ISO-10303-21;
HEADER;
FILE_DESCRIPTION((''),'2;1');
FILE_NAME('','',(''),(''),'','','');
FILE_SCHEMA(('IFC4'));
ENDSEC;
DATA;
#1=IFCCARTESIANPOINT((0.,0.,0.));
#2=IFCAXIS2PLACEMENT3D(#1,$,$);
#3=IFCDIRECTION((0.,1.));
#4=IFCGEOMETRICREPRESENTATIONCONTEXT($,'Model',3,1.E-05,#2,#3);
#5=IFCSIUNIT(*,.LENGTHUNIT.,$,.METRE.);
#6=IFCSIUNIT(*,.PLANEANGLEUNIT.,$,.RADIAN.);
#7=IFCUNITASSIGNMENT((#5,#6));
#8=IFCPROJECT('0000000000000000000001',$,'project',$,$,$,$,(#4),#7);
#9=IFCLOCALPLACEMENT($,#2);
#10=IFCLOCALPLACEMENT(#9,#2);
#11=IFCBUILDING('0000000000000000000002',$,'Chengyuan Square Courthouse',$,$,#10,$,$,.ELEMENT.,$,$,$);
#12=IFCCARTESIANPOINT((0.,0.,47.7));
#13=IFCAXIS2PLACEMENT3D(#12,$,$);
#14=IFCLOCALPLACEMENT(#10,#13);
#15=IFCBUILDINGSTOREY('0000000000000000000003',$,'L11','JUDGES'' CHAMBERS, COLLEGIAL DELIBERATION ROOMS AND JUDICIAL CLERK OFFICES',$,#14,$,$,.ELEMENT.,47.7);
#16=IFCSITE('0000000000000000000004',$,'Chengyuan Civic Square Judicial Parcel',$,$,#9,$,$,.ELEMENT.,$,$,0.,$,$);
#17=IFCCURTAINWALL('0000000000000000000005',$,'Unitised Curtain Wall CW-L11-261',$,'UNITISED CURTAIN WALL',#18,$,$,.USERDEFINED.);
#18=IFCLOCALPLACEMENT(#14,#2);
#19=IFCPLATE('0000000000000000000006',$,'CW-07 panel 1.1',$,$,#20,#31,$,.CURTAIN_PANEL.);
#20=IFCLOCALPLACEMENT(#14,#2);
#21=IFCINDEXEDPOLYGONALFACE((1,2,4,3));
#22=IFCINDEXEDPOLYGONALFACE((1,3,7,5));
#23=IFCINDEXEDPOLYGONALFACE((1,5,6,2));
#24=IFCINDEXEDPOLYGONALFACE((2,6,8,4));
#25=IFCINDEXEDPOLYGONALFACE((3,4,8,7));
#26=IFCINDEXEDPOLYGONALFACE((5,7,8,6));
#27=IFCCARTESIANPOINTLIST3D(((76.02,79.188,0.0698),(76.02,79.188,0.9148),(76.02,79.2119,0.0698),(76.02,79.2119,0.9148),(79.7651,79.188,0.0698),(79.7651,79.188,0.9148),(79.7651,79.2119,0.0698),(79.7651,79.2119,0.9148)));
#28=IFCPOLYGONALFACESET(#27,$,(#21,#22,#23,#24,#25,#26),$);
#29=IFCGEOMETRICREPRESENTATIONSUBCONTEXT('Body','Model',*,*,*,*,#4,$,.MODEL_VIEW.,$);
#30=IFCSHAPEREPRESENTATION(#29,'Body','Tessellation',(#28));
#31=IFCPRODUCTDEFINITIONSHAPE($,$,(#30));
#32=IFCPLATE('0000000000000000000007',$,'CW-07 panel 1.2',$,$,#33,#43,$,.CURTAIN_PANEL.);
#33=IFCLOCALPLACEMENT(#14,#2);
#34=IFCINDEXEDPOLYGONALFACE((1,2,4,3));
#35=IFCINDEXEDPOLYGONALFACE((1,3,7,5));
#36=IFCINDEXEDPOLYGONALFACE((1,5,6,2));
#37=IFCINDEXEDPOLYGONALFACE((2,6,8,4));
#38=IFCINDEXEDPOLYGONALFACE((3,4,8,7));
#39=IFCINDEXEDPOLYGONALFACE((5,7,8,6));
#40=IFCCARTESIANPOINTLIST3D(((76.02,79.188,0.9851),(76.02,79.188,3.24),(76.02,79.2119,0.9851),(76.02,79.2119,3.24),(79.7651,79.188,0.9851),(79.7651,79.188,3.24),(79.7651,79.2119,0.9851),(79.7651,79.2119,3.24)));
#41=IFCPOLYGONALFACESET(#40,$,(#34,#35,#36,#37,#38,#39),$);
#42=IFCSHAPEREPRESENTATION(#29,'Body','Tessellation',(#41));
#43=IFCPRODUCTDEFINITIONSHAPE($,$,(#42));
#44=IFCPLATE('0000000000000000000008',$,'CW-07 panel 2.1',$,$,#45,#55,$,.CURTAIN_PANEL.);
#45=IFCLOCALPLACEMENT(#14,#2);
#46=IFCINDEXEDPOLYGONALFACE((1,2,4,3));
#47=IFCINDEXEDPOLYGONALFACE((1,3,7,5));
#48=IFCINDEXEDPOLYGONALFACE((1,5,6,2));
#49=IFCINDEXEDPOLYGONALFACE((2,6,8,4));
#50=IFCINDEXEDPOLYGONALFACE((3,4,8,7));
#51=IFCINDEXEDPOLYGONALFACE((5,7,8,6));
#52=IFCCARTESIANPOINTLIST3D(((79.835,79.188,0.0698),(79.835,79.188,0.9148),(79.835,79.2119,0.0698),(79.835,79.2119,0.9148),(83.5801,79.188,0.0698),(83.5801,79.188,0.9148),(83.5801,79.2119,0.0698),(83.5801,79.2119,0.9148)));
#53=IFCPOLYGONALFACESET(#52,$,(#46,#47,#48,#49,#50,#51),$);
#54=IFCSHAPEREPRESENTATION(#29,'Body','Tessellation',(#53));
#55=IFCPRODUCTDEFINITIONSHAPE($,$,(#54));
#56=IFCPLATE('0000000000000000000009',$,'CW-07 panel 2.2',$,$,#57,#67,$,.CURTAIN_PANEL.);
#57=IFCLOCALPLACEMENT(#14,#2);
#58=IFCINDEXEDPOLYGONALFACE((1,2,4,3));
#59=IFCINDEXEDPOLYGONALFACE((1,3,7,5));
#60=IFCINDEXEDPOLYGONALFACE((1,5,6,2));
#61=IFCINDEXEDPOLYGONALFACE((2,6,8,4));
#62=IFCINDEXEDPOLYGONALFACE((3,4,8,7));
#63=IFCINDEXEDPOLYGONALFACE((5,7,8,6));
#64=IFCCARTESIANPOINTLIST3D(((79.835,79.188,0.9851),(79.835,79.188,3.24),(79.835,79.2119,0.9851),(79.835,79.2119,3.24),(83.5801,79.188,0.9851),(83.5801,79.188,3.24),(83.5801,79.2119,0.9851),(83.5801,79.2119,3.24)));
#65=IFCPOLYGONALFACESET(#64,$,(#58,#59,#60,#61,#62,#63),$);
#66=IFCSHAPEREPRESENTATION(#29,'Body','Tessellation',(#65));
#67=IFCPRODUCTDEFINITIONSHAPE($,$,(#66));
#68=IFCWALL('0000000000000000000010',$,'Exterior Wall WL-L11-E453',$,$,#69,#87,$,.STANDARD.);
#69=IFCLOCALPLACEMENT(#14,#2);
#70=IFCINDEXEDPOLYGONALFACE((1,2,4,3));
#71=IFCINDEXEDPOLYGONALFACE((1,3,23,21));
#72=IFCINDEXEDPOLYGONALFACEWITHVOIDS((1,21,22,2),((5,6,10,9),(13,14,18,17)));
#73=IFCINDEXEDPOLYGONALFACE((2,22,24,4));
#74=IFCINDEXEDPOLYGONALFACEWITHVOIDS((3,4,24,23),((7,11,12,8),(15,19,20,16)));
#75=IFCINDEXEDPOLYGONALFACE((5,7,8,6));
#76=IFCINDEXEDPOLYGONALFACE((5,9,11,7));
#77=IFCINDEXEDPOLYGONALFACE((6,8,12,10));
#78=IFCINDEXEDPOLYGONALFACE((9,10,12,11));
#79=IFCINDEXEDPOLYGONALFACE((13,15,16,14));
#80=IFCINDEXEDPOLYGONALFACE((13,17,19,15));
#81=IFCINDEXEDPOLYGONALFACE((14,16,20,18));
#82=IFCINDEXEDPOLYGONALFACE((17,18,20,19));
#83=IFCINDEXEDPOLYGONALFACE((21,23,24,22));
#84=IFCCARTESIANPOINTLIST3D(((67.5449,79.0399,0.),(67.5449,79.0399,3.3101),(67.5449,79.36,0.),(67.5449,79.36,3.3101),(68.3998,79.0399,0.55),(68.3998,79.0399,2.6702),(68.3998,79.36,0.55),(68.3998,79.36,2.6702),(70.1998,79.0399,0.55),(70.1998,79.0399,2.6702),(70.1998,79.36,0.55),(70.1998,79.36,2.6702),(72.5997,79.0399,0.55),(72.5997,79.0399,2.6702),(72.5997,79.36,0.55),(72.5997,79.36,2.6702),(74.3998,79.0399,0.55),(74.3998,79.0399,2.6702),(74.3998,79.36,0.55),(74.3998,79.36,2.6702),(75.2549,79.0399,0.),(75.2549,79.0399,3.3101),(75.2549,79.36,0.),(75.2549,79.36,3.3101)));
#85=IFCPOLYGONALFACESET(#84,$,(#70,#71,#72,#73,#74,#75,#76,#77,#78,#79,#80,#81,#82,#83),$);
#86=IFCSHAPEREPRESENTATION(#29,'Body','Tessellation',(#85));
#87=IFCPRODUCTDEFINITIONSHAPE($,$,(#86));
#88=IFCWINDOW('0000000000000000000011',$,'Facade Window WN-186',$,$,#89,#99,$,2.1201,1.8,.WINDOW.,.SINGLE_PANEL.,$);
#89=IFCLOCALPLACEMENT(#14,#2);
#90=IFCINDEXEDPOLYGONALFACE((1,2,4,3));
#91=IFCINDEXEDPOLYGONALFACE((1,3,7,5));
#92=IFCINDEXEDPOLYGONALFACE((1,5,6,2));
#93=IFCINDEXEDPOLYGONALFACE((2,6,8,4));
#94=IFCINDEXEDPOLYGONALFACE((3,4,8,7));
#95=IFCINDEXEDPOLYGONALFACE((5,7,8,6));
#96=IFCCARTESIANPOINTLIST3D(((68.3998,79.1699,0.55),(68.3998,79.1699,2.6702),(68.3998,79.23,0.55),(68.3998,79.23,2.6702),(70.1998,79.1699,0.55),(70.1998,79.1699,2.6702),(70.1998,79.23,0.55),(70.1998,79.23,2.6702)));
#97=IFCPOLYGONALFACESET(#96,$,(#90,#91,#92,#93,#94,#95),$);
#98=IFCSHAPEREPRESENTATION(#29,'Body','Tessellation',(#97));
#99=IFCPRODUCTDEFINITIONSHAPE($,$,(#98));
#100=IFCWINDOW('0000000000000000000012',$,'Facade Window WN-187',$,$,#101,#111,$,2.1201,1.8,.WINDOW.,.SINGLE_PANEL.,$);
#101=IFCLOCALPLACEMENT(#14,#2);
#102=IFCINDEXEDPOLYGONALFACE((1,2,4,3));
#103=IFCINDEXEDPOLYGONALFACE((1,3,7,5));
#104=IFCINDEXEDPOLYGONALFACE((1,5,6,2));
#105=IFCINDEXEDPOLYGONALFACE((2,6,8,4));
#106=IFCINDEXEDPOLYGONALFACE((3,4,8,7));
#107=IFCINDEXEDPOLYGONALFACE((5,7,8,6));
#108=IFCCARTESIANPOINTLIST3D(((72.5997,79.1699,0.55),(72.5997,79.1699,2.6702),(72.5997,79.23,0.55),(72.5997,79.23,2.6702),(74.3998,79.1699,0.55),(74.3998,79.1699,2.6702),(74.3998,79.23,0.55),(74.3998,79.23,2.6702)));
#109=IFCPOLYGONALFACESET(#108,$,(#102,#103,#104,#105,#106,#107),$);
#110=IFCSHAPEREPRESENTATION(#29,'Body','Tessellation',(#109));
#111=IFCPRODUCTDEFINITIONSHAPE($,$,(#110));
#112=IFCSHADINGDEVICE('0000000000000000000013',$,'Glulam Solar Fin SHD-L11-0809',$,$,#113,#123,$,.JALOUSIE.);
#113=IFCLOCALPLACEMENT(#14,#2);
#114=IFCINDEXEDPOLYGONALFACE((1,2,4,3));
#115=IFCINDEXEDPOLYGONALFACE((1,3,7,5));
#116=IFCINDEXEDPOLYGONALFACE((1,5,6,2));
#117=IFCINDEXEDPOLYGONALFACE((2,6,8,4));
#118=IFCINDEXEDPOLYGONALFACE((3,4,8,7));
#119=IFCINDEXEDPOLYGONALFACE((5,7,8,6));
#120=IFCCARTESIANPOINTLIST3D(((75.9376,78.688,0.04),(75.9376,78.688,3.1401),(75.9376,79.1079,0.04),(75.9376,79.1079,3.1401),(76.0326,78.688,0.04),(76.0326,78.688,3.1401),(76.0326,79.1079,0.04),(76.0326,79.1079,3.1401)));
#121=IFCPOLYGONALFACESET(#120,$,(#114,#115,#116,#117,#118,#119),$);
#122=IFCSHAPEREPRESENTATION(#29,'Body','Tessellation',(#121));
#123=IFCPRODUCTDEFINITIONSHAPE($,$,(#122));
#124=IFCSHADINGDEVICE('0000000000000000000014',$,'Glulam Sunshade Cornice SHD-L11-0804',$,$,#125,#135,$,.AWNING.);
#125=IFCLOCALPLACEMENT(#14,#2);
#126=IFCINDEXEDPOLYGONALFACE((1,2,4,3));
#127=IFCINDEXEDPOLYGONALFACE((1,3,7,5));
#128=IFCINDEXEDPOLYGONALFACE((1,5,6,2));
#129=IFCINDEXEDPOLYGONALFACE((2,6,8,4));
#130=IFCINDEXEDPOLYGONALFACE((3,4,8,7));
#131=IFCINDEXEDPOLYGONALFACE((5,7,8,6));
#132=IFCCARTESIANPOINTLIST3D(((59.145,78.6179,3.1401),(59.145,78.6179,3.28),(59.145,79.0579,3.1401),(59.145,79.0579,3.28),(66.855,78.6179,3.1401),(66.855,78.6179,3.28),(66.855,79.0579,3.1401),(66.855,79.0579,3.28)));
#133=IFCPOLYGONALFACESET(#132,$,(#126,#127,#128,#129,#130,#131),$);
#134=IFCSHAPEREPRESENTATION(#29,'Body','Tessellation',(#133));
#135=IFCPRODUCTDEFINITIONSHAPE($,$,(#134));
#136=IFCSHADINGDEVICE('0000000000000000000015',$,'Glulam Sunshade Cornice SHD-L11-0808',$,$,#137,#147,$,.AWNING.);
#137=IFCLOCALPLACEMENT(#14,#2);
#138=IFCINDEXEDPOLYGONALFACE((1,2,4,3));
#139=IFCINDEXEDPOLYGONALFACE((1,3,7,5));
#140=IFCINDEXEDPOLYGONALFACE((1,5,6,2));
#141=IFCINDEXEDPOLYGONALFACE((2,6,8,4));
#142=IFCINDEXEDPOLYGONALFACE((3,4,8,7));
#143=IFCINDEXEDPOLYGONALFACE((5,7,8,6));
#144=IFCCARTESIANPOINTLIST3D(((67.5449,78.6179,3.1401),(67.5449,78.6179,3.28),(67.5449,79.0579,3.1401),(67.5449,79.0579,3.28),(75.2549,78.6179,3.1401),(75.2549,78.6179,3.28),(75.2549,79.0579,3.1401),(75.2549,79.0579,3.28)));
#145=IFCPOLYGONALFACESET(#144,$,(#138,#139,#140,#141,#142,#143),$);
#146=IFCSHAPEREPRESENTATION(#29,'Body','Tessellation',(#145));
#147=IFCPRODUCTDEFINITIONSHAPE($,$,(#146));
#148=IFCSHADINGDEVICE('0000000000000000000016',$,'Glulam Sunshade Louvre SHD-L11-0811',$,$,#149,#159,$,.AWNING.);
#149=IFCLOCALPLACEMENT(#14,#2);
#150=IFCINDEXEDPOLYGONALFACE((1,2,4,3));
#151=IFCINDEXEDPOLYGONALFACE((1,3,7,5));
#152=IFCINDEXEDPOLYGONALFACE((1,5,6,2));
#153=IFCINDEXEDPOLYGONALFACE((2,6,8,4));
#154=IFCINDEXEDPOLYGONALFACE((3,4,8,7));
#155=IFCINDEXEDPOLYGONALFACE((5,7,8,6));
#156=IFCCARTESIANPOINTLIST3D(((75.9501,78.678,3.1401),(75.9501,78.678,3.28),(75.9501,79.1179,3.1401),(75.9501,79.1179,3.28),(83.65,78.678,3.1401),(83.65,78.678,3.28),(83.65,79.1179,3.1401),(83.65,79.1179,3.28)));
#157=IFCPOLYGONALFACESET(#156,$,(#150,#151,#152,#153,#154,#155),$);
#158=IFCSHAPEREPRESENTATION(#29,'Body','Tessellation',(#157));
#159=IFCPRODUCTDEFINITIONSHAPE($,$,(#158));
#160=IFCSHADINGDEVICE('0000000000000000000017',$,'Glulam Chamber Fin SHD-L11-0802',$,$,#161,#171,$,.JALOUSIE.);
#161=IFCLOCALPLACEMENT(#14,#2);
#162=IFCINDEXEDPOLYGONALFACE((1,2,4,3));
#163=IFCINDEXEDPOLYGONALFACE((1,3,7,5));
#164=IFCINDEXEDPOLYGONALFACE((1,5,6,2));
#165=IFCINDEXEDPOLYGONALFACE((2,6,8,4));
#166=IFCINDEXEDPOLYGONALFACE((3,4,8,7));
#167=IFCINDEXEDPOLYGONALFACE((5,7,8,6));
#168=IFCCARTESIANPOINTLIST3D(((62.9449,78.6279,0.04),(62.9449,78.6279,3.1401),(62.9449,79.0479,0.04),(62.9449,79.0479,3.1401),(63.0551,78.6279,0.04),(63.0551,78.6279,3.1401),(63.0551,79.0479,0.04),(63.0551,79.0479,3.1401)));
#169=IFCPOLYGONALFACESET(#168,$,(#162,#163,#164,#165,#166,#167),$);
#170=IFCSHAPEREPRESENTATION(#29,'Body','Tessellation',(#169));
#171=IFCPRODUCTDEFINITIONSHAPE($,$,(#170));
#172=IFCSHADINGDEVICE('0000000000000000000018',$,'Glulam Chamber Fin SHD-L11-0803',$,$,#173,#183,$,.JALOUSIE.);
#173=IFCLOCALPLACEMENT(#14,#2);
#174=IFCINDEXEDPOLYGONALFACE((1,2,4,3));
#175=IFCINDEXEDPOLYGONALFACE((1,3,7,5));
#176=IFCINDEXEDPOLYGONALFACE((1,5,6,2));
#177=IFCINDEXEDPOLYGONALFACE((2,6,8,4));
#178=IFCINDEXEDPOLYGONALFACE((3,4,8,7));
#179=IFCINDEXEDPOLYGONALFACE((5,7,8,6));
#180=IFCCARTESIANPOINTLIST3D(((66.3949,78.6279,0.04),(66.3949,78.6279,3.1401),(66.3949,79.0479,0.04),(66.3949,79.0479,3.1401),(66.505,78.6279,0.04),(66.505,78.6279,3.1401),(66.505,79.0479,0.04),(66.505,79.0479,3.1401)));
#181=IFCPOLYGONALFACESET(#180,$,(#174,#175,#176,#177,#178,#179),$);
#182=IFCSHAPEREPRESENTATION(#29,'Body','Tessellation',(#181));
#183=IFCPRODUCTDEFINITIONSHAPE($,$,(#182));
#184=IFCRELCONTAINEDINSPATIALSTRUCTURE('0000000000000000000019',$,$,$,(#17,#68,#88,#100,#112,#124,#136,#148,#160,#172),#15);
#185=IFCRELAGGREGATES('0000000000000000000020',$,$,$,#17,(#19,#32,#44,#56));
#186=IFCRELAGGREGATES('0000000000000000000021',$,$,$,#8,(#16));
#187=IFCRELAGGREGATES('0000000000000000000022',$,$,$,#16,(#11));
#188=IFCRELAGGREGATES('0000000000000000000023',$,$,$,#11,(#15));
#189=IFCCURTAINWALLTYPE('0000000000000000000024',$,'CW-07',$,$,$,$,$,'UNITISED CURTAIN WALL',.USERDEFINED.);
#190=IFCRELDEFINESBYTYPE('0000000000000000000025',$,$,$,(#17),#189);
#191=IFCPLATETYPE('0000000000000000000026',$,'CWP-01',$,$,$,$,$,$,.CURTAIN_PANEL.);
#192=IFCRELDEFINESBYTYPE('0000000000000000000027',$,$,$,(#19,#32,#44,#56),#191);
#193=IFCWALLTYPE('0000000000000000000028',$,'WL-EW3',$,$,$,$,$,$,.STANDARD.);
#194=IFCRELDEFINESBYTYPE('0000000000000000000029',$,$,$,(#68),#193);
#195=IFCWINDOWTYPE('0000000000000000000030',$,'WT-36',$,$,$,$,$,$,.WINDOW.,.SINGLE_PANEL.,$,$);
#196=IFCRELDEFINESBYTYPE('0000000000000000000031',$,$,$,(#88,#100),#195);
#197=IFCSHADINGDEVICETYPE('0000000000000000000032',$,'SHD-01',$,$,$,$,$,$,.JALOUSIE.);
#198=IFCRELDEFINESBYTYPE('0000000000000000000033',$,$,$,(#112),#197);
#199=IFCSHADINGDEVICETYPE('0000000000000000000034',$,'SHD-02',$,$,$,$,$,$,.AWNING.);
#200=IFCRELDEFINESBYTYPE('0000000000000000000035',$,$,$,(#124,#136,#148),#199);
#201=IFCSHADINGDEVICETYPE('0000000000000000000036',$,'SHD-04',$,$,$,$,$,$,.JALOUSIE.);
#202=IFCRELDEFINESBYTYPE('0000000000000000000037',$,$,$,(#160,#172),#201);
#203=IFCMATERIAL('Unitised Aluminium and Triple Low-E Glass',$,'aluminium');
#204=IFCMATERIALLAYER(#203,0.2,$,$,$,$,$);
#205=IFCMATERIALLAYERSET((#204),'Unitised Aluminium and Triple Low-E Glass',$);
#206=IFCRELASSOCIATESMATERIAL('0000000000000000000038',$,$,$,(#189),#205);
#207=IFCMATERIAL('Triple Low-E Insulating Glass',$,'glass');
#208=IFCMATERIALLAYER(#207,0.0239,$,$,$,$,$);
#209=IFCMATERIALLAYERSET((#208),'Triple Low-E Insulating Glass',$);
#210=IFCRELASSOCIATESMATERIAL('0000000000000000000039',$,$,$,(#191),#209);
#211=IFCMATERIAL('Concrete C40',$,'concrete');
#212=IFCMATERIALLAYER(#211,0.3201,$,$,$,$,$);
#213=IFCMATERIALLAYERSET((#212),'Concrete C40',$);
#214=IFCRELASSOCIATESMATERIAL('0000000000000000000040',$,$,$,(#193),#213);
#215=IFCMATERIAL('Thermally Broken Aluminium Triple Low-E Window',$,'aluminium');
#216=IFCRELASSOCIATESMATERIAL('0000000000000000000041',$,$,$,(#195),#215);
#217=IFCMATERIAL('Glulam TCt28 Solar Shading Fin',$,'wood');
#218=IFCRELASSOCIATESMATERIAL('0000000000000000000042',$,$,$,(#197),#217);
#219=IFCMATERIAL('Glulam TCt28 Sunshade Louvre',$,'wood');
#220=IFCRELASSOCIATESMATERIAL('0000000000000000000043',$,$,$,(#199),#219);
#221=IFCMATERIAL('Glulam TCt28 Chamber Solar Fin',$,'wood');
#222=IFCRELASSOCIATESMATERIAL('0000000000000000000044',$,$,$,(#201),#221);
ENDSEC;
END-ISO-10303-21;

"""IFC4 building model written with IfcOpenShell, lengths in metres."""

from ifc_helpers import new_model, si_unit, direction, frame, frame_2d, origin, origin_2d, place, context, subcontext, project, spatial, rectangle, extrude, material, layer, layer_set, type_object, element, fill, aggregate, save


model = new_model("IFC4")

# Units and contexts
model_context = context("Model", 3, precision=1e-05, world=origin(), true_north=direction((0.0, 1.0)))
body_context = subcontext(model_context, "Body", "Model", "MODEL_VIEW")
ifc_project = project(units=[si_unit("LENGTHUNIT", "METRE"), si_unit("PLANEANGLEUNIT", "RADIAN")], contexts=[model_context])

# Site, building, storey
site_placement = place(None, origin())
site = spatial("IfcSite", under=ifc_project, at=site_placement, Name="Chengyuan Civic Square Judicial Parcel", CompositionType="ELEMENT", RefElevation=0.0)
building_placement = place(site_placement, origin())
building = spatial("IfcBuilding", under=site, at=building_placement, Name="Chengyuan Square Courthouse", CompositionType="ELEMENT")
storey_placement = place(building_placement, frame((0.0, 0.0, 47.7)))
storey = spatial("IfcBuildingStorey", under=building, at=storey_placement, Name="L11", Description="JUDGES' CHAMBERS, COLLEGIAL DELIBERATION ROOMS AND JUDICIAL CLERK OFFICES", CompositionType="ELEMENT", Elevation=47.7)

# Shared definitions
ifc_material_1 = material(Name="Concrete C40", Category="concrete")

# Curtain wall, plates
ifc_material_2 = material(Name="Unitised Aluminium and Triple Low-E Glass", Category="aluminium")
ifc_layer_1 = layer(ifc_material_2, 0.2)
ifc_layer_set_1 = layer_set([ifc_layer_1], Name="Unitised Aluminium and Triple Low-E Glass")
curtain_wall_type = type_object("IfcCurtainWallType", Name="CW-07", ElementType="UNITISED CURTAIN WALL", PredefinedType="USERDEFINED", material=ifc_layer_set_1)
curtain_wall_placement = place(storey_placement, origin())
curtain_wall = element("IfcCurtainWall", 1, at=curtain_wall_placement, inside=storey, type_object=curtain_wall_type, Name="Unitised Curtain Wall CW-L11-261", ObjectType="UNITISED CURTAIN WALL", PredefinedType="USERDEFINED")
ifc_material_3 = material(Name="Triple Low-E Insulating Glass", Category="glass")
ifc_layer_2 = layer(ifc_material_3, 0.0239)
ifc_layer_set_2 = layer_set([ifc_layer_2], Name="Triple Low-E Insulating Glass")
plate_type = type_object("IfcPlateType", Name="CWP-01", PredefinedType="CURTAIN_PANEL", material=ifc_layer_set_2)
plate_1_placement = place(storey_placement, frame((77.8926, 79.2, 0.0698), z_axis=(0.0, 0.0, 1.0), x_axis=(1.0, 0.0, 0.0)))
plate_1 = element("IfcPlate", 2, at=plate_1_placement, type_object=plate_type, Name="CW-07 panel 1.1", PredefinedType="CURTAIN_PANEL", context=body_context, shape_type="SweptSolid", body=[
    extrude(rectangle(XDim=3.7451, YDim=0.0239, at=origin_2d()), origin(), (0.0, 0.0, 1.0), 0.845),
])
plate_2_placement = place(storey_placement, frame((77.8926, 79.2, 0.9851), z_axis=(0.0, 0.0, 1.0), x_axis=(1.0, 0.0, 0.0)))
plate_2 = element("IfcPlate", 3, at=plate_2_placement, type_object=plate_type, Name="CW-07 panel 1.2", PredefinedType="CURTAIN_PANEL", context=body_context, shape_type="SweptSolid", body=[
    extrude(rectangle(XDim=3.7451, YDim=0.0239, at=origin_2d()), origin(), (0.0, 0.0, 1.0), 2.2549),
])
plate_3_placement = place(storey_placement, frame((81.7075, 79.2, 0.0698), z_axis=(0.0, 0.0, 1.0), x_axis=(1.0, 0.0, 0.0)))
plate_3 = element("IfcPlate", 4, at=plate_3_placement, type_object=plate_type, Name="CW-07 panel 2.1", PredefinedType="CURTAIN_PANEL", context=body_context, shape_type="SweptSolid", body=[
    extrude(rectangle(XDim=3.7451, YDim=0.0239, at=origin_2d()), origin(), (0.0, 0.0, 1.0), 0.845),
])
plate_4_placement = place(storey_placement, frame((81.7075, 79.2, 0.9851), z_axis=(0.0, 0.0, 1.0), x_axis=(1.0, 0.0, 0.0)))
plate_4 = element("IfcPlate", 5, at=plate_4_placement, type_object=plate_type, Name="CW-07 panel 2.2", PredefinedType="CURTAIN_PANEL", context=body_context, shape_type="SweptSolid", body=[
    extrude(rectangle(XDim=3.7451, YDim=0.0239, at=origin_2d()), origin(), (0.0, 0.0, 1.0), 2.2549),
])
aggregate(curtain_wall, [plate_1, plate_2, plate_3, plate_4])

# Wall, openings, windows
ifc_layer_3 = layer(ifc_material_1, 0.3201)
ifc_layer_set_3 = layer_set([ifc_layer_3], Name="Concrete C40")
wall_type = type_object("IfcWallType", Name="WL-EW3", PredefinedType="STANDARD", material=ifc_layer_set_3)
wall_placement = place(storey_placement, frame((67.5449, 79.2, 0.0), z_axis=(0.0, 0.0, 1.0), x_axis=(1.0, 0.0, 0.0)))
wall = element("IfcWall", 6, at=wall_placement, inside=storey, type_object=wall_type, Name="Exterior Wall WL-L11-E453", PredefinedType="STANDARD", context=body_context, shape_type="SweptSolid", body=[
    extrude(rectangle(XDim=7.71, YDim=0.3201, at=frame_2d((3.855, 0.0))), origin(), (0.0, 0.0, 1.0), 3.3101),
])
opening_1_placement = place(wall_placement, frame((0.855, 0.0, 0.55)))
opening_1 = element("IfcOpeningElement", 7, at=opening_1_placement, cuts=wall, PredefinedType="OPENING", context=body_context, shape_type="SweptSolid", body=[
    extrude(rectangle(XDim=1.8, YDim=2.1201, at=frame_2d((0.8999, 1.0601))), frame((0.0, 0.1721, 0.0), z_axis=(0.0, -1.0, 0.0), x_axis=(1.0, 0.0, 0.0)), (0.0, 0.0, 1.0), 0.344),
])
opening_2_placement = place(wall_placement, frame((5.0549, 0.0, 0.55)))
opening_2 = element("IfcOpeningElement", 8, at=opening_2_placement, cuts=wall, PredefinedType="OPENING", context=body_context, shape_type="SweptSolid", body=[
    extrude(rectangle(XDim=1.8, YDim=2.1201, at=frame_2d((0.8999, 1.0601))), frame((0.0, 0.1721, 0.0), z_axis=(0.0, -1.0, 0.0), x_axis=(1.0, 0.0, 0.0)), (0.0, 0.0, 1.0), 0.344),
])
ifc_material_4 = material(Name="Thermally Broken Aluminium Triple Low-E Window", Category="aluminium")
window_type = type_object("IfcWindowType", Name="WT-36", PartitioningType="SINGLE_PANEL", PredefinedType="WINDOW", material=ifc_material_4)
window_1_placement = place(opening_1_placement, origin())
window_1 = element("IfcWindow", 9, at=window_1_placement, inside=storey, type_object=window_type, Name="Facade Window WN-186", OverallHeight=2.1201, OverallWidth=1.8, PartitioningType="SINGLE_PANEL", PredefinedType="WINDOW", context=body_context, shape_type="SweptSolid", body=[
    extrude(rectangle(XDim=1.8, YDim=2.1201, at=frame_2d((0.8999, 1.0601))), frame((0.0, 0.03, 0.0), z_axis=(0.0, -1.0, 0.0), x_axis=(1.0, 0.0, 0.0)), (0.0, 0.0, 1.0), 0.0601),
])
fill(opening_1, window_1)
window_2_placement = place(opening_2_placement, origin())
window_2 = element("IfcWindow", 10, at=window_2_placement, inside=storey, type_object=window_type, Name="Facade Window WN-187", OverallHeight=2.1201, OverallWidth=1.8, PartitioningType="SINGLE_PANEL", PredefinedType="WINDOW", context=body_context, shape_type="SweptSolid", body=[
    extrude(rectangle(XDim=1.8, YDim=2.1201, at=frame_2d((0.8999, 1.0601))), frame((0.0, 0.03, 0.0), z_axis=(0.0, -1.0, 0.0), x_axis=(1.0, 0.0, 0.0)), (0.0, 0.0, 1.0), 0.0601),
])
fill(opening_2, window_2)

# Shading devices
ifc_material_5 = material(Name="Glulam TCt28 Solar Shading Fin", Category="wood")
shading_device_type_1 = type_object("IfcShadingDeviceType", Name="SHD-01", PredefinedType="JALOUSIE", material=ifc_material_5)
shading_device_1_placement = place(storey_placement, frame((75.9851, 78.8979, 0.04), z_axis=(0.0, 0.0, 1.0), x_axis=(0.0, 1.0, 0.0)))
element("IfcShadingDevice", 11, at=shading_device_1_placement, inside=storey, type_object=shading_device_type_1, Name="Glulam Solar Fin SHD-L11-0809", PredefinedType="JALOUSIE", context=body_context, shape_type="SweptSolid", body=[
    extrude(rectangle(XDim=0.4199, YDim=0.095, at=origin_2d()), origin(), (0.0, 0.0, 1.0), 3.1001),
])
ifc_material_6 = material(Name="Glulam TCt28 Sunshade Louvre", Category="wood")
shading_device_type_2 = type_object("IfcShadingDeviceType", Name="SHD-02", PredefinedType="AWNING", material=ifc_material_6)
for number, where, z_axis, x_axis, name in (
    (12, (63.0, 78.8379, 3.1401), (0.0, 0.0, 1.0), (1.0, 0.0, 0.0), "Glulam Sunshade Cornice SHD-L11-0804"),
    (13, (71.3999, 78.8379, 3.1401), (0.0, 0.0, 1.0), (1.0, 0.0, 0.0), "Glulam Sunshade Cornice SHD-L11-0808"),
):
    element("IfcShadingDevice", number, at=place(storey_placement, frame(where, z_axis=z_axis, x_axis=x_axis)), inside=storey, type_object=shading_device_type_2, Name=name, PredefinedType="AWNING", context=body_context, shape_type="SweptSolid", body=[
        extrude(rectangle(XDim=7.71, YDim=0.4399, at=origin_2d()), origin(), (0.0, 0.0, 1.0), 0.1399),
    ])
shading_device_2_placement = place(storey_placement, frame((79.8, 78.8979, 3.1401), z_axis=(0.0, 0.0, 1.0), x_axis=(1.0, 0.0, 0.0)))
element("IfcShadingDevice", 14, at=shading_device_2_placement, inside=storey, type_object=shading_device_type_2, Name="Glulam Sunshade Louvre SHD-L11-0811", PredefinedType="AWNING", context=body_context, shape_type="SweptSolid", body=[
    extrude(rectangle(XDim=7.7, YDim=0.4399, at=origin_2d()), origin(), (0.0, 0.0, 1.0), 0.1399),
])
ifc_material_7 = material(Name="Glulam TCt28 Chamber Solar Fin", Category="wood")
shading_device_type_3 = type_object("IfcShadingDeviceType", Name="SHD-04", PredefinedType="JALOUSIE", material=ifc_material_7)
for number, where, z_axis, x_axis, name in (
    (15, (63.0, 78.8379, 0.04), (0.0, 0.0, 1.0), (0.0, 1.0, 0.0), "Glulam Chamber Fin SHD-L11-0802"),
    (16, (66.45, 78.8379, 0.04), (0.0, 0.0, 1.0), (0.0, 1.0, 0.0), "Glulam Chamber Fin SHD-L11-0803"),
):
    element("IfcShadingDevice", number, at=place(storey_placement, frame(where, z_axis=z_axis, x_axis=x_axis)), inside=storey, type_object=shading_device_type_3, Name=name, PredefinedType="JALOUSIE", context=body_context, shape_type="SweptSolid", body=[
        extrude(rectangle(XDim=0.4199, YDim=0.1101, at=origin_2d()), origin(), (0.0, 0.0, 1.0), 3.1001),
    ])

save(model, "model.ifc")
